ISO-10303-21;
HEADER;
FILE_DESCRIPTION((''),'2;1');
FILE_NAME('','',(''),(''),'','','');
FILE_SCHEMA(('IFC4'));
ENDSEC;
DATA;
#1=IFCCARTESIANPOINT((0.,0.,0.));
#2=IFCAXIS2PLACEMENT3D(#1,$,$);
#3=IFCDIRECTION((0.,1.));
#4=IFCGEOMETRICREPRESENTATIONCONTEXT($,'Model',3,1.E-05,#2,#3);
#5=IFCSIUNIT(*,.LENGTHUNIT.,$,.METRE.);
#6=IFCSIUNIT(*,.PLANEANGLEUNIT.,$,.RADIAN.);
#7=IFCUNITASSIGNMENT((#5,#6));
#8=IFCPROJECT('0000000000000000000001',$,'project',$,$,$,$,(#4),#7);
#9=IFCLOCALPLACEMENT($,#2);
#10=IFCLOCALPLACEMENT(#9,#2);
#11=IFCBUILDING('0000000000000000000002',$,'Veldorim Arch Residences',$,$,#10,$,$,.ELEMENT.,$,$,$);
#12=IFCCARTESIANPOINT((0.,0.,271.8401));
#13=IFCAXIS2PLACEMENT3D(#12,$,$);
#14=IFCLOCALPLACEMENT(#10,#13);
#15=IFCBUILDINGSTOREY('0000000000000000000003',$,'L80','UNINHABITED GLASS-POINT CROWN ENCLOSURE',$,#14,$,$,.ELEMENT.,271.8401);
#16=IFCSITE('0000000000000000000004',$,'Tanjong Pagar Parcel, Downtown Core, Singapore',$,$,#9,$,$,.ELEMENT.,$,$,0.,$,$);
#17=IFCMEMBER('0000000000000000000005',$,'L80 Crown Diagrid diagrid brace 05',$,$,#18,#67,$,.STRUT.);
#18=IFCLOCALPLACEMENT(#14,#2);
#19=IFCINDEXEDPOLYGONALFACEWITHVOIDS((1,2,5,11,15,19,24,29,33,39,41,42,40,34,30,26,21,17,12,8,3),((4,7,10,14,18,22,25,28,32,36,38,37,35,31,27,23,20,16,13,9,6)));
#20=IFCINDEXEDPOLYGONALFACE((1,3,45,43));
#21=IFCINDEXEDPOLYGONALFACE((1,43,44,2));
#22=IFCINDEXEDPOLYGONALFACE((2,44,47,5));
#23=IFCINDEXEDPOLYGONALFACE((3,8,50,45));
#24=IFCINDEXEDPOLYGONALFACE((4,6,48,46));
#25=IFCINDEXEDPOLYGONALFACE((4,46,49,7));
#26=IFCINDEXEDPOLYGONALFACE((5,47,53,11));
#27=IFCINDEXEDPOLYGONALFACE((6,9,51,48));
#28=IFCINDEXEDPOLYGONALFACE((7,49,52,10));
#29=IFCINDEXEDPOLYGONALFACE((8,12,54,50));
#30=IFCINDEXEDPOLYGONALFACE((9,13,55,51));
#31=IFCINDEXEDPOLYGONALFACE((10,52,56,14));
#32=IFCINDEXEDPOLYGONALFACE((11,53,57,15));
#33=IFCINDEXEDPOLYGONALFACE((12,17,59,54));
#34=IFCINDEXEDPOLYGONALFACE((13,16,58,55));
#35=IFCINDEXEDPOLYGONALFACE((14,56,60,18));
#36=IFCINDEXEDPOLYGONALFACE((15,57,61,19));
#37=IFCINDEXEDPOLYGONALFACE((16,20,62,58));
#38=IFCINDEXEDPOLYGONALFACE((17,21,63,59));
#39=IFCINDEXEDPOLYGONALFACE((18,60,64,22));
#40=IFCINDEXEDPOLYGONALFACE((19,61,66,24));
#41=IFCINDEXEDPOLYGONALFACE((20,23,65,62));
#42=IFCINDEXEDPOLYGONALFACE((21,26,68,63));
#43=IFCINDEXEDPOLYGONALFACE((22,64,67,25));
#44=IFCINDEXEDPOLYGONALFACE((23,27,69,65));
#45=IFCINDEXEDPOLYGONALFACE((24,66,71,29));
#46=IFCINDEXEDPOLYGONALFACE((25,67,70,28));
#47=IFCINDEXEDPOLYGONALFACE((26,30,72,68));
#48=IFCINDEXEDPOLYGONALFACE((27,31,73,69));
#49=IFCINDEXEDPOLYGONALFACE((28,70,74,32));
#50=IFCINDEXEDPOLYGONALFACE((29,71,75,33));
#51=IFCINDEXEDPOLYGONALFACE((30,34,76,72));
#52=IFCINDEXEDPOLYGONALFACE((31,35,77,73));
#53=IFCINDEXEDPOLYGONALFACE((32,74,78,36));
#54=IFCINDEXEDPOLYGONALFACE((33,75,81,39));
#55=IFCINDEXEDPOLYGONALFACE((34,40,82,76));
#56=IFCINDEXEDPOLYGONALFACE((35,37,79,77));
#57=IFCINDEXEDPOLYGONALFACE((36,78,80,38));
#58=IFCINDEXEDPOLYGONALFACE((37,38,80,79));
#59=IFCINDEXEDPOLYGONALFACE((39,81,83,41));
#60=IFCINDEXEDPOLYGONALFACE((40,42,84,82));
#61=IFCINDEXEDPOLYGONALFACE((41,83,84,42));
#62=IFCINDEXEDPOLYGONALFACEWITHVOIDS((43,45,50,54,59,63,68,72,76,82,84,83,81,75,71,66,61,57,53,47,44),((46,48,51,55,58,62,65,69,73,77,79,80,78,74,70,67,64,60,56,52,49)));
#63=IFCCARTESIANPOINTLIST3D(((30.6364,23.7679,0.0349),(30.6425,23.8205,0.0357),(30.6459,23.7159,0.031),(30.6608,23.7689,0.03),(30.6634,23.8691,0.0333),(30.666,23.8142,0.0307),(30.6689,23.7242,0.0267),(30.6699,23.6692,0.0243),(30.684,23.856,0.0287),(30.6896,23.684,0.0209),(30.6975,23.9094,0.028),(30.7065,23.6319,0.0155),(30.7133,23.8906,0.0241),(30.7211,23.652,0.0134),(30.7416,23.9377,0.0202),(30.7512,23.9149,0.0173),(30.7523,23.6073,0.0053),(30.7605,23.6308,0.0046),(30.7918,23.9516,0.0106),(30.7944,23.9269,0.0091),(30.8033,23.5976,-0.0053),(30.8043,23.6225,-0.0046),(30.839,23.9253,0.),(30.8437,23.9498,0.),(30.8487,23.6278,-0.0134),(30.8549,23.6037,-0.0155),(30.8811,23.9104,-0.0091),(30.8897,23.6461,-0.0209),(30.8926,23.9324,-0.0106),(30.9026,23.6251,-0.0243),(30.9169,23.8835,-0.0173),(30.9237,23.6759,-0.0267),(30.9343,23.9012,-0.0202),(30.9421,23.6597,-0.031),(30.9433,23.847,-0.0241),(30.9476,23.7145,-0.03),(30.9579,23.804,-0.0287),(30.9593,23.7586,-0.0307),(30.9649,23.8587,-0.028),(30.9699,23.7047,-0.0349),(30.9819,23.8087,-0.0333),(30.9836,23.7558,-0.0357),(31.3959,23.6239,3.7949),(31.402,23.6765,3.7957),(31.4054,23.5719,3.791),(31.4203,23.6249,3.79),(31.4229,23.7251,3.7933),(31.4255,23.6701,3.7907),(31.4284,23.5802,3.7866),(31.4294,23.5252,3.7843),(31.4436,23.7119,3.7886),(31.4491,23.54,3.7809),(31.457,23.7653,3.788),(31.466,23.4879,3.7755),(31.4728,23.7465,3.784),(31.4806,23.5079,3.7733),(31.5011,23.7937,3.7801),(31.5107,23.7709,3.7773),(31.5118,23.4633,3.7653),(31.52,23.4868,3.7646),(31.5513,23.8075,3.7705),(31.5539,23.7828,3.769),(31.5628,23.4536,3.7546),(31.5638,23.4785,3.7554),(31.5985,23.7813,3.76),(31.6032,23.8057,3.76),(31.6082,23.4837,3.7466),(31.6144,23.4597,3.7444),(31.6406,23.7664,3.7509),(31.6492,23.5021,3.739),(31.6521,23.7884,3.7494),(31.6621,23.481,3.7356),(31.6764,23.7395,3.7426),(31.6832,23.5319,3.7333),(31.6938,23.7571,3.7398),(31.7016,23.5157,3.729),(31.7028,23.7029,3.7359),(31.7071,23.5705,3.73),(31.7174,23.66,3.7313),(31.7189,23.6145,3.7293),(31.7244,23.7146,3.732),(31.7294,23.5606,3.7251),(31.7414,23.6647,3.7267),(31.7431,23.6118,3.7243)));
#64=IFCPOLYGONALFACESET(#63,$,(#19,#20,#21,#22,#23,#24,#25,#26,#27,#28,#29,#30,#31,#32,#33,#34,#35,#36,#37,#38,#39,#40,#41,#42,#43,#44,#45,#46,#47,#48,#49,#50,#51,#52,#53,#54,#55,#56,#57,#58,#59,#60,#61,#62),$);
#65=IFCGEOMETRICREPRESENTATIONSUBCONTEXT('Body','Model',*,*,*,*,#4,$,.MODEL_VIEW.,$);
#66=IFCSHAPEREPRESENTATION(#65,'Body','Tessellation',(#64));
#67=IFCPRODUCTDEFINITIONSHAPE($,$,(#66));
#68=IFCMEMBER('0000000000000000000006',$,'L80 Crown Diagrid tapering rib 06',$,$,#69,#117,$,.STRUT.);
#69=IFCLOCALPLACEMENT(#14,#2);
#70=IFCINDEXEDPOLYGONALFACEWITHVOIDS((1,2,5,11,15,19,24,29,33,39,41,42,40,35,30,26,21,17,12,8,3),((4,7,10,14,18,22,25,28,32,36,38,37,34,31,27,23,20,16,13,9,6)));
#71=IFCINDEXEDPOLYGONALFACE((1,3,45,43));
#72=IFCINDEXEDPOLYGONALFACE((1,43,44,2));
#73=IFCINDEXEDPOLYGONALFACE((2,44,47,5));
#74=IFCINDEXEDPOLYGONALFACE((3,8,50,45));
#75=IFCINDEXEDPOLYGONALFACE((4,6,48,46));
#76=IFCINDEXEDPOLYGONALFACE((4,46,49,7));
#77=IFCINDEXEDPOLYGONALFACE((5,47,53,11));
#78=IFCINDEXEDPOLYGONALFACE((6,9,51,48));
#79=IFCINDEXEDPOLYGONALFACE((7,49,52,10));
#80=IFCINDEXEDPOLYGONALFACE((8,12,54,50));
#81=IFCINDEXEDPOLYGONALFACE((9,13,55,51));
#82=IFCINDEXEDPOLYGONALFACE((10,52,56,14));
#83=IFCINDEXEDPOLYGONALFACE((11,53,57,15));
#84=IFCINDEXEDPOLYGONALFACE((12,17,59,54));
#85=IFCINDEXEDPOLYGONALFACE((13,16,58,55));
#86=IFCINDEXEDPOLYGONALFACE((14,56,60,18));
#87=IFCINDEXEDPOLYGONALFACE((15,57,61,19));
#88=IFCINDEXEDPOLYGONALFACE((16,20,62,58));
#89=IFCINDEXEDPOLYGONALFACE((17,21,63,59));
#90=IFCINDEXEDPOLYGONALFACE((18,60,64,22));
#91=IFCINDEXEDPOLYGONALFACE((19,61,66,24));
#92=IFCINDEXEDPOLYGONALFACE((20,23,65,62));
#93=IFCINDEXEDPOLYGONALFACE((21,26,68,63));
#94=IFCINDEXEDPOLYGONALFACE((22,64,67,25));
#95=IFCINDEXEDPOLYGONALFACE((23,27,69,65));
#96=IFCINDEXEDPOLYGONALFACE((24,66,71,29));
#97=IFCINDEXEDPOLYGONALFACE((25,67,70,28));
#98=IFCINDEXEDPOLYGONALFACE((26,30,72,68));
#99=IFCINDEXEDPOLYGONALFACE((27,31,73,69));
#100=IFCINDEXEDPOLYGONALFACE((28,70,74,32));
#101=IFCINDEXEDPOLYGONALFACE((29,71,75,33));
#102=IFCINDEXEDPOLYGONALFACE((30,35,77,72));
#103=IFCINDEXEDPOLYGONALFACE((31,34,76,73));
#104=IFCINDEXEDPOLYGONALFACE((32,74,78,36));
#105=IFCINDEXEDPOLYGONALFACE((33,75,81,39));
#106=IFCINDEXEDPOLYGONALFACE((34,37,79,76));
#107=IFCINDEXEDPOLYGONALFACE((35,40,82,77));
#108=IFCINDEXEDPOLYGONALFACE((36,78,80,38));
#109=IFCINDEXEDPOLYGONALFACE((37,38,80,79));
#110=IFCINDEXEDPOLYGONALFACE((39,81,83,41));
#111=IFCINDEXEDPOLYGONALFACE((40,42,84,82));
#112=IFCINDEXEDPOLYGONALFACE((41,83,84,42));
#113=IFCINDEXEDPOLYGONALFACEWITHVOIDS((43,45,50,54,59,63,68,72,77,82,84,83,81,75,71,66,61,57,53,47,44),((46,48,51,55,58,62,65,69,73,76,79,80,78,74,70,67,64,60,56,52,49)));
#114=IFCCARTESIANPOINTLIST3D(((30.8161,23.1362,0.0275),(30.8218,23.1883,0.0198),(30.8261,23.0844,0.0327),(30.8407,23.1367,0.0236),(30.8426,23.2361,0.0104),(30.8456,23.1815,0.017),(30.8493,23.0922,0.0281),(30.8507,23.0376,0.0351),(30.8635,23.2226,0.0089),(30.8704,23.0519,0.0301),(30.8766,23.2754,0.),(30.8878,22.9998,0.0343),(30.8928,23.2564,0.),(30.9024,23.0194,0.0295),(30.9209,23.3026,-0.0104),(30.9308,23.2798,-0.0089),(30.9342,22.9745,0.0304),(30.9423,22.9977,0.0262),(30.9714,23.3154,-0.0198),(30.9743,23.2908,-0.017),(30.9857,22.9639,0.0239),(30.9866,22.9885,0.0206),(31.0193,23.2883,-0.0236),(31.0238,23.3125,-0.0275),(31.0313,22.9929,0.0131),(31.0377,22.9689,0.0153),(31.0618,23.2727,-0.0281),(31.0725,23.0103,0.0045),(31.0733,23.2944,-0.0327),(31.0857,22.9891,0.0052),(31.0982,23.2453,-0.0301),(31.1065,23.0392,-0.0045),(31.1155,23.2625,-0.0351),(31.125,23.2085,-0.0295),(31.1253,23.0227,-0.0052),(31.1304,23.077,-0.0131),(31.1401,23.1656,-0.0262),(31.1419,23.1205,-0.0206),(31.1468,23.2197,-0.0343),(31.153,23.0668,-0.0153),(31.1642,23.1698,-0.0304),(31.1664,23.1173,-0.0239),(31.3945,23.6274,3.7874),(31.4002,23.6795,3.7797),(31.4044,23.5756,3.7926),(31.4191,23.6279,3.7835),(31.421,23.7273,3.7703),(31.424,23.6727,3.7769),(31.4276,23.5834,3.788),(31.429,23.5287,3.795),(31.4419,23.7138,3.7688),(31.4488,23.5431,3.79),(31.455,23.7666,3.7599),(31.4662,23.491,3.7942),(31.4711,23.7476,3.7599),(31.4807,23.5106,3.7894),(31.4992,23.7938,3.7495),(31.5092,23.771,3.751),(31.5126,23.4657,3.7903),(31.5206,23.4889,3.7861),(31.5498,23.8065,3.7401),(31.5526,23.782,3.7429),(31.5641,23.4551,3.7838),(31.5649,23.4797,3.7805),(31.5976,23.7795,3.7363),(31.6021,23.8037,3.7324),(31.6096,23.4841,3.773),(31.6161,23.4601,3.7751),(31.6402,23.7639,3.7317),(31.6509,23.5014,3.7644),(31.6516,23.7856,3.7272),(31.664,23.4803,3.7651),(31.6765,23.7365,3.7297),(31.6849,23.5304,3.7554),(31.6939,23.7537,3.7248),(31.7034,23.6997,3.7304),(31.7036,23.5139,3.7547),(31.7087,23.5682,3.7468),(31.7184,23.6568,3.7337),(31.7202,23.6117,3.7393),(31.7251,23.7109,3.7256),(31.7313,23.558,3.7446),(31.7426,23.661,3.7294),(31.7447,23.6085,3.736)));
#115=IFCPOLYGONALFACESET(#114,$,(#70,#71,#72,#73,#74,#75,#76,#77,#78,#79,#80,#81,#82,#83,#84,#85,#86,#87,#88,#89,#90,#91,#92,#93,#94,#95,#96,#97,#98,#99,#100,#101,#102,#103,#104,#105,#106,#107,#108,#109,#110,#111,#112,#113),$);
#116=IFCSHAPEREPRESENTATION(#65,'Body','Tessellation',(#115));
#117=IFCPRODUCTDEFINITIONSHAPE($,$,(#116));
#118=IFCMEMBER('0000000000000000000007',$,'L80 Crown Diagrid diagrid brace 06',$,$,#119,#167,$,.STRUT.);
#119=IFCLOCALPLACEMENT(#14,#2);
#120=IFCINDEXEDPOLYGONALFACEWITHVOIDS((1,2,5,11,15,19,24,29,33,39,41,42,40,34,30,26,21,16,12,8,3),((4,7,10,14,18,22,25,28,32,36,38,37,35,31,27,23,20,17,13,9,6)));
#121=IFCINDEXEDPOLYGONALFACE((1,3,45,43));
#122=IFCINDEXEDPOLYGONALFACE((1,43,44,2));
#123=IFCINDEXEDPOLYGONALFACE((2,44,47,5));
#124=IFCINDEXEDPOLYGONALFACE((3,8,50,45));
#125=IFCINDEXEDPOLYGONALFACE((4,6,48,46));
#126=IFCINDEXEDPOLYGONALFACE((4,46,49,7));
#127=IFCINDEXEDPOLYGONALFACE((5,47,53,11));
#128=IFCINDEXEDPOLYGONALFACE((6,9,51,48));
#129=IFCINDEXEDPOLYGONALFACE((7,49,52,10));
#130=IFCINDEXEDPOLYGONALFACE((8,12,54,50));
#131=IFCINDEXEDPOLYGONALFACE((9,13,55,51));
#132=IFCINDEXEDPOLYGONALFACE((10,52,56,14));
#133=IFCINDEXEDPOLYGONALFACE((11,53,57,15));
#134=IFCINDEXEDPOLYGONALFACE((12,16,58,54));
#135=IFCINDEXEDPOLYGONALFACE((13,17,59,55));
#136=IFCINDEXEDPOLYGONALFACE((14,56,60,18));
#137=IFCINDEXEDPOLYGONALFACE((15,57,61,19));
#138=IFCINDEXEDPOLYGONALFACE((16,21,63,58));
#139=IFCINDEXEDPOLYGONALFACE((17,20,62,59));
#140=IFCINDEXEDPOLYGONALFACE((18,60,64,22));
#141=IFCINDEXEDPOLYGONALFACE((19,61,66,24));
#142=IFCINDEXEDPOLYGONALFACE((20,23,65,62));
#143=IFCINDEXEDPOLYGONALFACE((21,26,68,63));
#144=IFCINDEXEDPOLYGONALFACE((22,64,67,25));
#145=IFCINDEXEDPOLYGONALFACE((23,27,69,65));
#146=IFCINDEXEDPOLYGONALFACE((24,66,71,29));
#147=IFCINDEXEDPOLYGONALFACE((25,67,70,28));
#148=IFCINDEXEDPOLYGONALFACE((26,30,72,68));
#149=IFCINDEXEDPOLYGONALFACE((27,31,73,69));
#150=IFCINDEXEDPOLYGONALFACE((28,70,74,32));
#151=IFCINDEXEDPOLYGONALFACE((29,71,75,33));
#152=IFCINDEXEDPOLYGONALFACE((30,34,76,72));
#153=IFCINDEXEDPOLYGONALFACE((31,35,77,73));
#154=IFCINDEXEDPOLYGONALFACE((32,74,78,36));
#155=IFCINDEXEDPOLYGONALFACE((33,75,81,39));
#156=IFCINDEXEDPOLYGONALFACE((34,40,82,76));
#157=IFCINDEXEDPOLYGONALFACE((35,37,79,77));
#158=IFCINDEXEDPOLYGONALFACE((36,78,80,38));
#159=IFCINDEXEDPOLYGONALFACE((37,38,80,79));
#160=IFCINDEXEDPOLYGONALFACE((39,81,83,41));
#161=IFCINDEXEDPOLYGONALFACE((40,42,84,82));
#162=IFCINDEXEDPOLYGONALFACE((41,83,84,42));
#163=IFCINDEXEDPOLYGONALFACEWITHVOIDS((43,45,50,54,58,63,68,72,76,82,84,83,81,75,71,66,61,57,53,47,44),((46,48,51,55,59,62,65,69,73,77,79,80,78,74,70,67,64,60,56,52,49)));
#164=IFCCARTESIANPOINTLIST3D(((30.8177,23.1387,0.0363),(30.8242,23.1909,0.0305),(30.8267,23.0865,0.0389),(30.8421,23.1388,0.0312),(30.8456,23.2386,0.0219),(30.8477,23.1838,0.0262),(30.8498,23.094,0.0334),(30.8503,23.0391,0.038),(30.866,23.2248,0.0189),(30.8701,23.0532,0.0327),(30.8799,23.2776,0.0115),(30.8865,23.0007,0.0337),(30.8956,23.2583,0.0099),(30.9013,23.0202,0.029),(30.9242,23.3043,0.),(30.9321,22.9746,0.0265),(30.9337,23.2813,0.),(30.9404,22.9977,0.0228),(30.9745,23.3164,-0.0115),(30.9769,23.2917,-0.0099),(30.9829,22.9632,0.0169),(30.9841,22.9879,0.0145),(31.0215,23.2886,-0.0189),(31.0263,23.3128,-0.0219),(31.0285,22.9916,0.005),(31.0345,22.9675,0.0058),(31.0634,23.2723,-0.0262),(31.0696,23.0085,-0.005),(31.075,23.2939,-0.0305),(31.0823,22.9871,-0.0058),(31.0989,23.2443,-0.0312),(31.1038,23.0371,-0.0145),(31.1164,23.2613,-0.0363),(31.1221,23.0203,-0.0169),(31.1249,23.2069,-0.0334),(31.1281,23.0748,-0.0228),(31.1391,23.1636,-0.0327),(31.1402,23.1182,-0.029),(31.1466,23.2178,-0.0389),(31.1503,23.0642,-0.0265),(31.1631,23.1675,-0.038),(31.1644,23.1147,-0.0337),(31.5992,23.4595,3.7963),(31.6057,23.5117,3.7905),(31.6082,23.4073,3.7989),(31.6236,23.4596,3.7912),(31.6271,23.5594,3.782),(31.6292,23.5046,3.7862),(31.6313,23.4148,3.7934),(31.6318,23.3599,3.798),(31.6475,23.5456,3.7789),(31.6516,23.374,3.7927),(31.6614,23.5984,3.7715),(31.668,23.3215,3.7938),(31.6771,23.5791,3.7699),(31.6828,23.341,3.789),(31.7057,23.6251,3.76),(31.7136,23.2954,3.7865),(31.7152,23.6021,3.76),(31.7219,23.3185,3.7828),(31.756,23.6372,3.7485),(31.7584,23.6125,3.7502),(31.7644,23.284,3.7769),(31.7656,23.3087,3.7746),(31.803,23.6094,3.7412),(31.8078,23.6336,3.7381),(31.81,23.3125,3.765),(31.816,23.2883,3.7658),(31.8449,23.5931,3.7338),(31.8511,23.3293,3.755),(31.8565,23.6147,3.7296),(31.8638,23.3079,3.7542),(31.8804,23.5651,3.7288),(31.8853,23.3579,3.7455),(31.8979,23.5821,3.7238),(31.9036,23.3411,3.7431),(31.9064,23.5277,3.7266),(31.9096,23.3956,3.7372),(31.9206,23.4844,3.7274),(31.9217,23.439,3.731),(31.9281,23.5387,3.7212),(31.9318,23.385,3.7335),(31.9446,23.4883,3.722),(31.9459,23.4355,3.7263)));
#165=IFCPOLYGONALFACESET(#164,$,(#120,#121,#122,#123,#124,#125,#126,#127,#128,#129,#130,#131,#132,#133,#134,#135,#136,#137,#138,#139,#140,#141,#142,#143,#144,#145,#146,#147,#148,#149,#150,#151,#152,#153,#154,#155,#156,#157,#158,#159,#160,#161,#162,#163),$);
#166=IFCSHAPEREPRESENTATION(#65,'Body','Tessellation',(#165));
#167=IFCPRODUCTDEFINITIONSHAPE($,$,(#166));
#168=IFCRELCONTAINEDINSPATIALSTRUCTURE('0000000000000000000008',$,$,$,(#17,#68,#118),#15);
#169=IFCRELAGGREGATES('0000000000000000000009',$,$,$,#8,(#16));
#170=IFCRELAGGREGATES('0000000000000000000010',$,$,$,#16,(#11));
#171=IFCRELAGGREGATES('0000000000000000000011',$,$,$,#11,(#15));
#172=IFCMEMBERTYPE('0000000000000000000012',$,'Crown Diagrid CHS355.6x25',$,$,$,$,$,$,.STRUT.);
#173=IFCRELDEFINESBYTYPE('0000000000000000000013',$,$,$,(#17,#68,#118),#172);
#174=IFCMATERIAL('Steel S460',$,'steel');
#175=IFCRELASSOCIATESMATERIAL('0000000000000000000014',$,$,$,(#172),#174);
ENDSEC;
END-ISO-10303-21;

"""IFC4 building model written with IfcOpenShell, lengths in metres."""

from ifc_helpers import new_model, si_unit, direction, frame, origin, origin_2d, place, context, subcontext, project, spatial, hollow_circle, extrude, material, material_profile, profile_set, type_object, element, save


model = new_model("IFC4")

# Units and contexts
model_context = context("Model", 3, precision=1e-05, world=origin(), true_north=direction((0.0, 1.0)))
body_context = subcontext(model_context, "Body", "Model", "MODEL_VIEW")
ifc_project = project(units=[si_unit("LENGTHUNIT", "METRE"), si_unit("PLANEANGLEUNIT", "RADIAN")], contexts=[model_context])

# Site, building, storey
site_placement = place(None, origin())
site = spatial("IfcSite", under=ifc_project, at=site_placement, Name="Tanjong Pagar Parcel, Downtown Core, Singapore", CompositionType="ELEMENT", RefElevation=0.0)
building_placement = place(site_placement, origin())
building = spatial("IfcBuilding", under=site, at=building_placement, Name="Veldorim Arch Residences", CompositionType="ELEMENT")
storey_placement = place(building_placement, frame((0.0, 0.0, 271.8401)))
storey = spatial("IfcBuildingStorey", under=building, at=storey_placement, Name="L80", Description="UNINHABITED GLASS-POINT CROWN ENCLOSURE", CompositionType="ELEMENT", Elevation=271.8401)

# Members
ifc_material_1 = material(Name="Steel S460", Category="steel")
ifc_material_profile = material_profile(ifc_material_1, hollow_circle(Radius=0.1777, WallThickness=0.0249, at=origin_2d()), Name="CHS355.6x25")
ifc_profile_set = profile_set([ifc_material_profile], Name="Steel S460")
member_type = type_object("IfcMemberType", Name="Crown Diagrid CHS355.6x25", PredefinedType="STRUT", material=ifc_profile_set)
member_1_placement = place(storey_placement, frame((30.8105, 23.7751, 0.0), z_axis=(0.197861, -0.037524, 0.979512), x_axis=(0.186328, 0.982488, 0.0)))
element("IfcMember", 1, at=member_1_placement, inside=storey, type_object=member_type, Name="L80 Crown Diagrid diagrid brace 05", PredefinedType="STRUT", context=body_context, shape_type="SweptSolid", body=[
    extrude(hollow_circle(Radius=0.1777, WallThickness=0.0249, at=origin_2d()), origin(), (0.0, 0.0, 1.0), 3.8386),
])
member_2_placement = place(storey_placement, frame((30.9917, 23.1399, 0.0), z_axis=(0.150781, 0.128059, 0.980238), x_axis=(-0.64734, 0.762201, 0.0)))
element("IfcMember", 2, at=member_2_placement, inside=storey, type_object=member_type, Name="L80 Crown Diagrid tapering rib 06", PredefinedType="STRUT", context=body_context, shape_type="SweptSolid", body=[
    extrude(hollow_circle(Radius=0.1777, WallThickness=0.0249, at=origin_2d()), origin(), (0.0, 0.0, 1.0), 3.8357),
])
member_3_placement = place(storey_placement, frame((30.9917, 23.1399, 0.0), z_axis=(0.202788, 0.083244, 0.975678), x_axis=(-0.379747, 0.925091, 0.0)))
element("IfcMember", 3, at=member_3_placement, inside=storey, type_object=member_type, Name="L80 Crown Diagrid diagrid brace 06", PredefinedType="STRUT", context=body_context, shape_type="SweptSolid", body=[
    extrude(hollow_circle(Radius=0.1777, WallThickness=0.0249, at=origin_2d()), origin(), (0.0, 0.0, 1.0), 3.8538),
])

save(model, "model.ifc")
